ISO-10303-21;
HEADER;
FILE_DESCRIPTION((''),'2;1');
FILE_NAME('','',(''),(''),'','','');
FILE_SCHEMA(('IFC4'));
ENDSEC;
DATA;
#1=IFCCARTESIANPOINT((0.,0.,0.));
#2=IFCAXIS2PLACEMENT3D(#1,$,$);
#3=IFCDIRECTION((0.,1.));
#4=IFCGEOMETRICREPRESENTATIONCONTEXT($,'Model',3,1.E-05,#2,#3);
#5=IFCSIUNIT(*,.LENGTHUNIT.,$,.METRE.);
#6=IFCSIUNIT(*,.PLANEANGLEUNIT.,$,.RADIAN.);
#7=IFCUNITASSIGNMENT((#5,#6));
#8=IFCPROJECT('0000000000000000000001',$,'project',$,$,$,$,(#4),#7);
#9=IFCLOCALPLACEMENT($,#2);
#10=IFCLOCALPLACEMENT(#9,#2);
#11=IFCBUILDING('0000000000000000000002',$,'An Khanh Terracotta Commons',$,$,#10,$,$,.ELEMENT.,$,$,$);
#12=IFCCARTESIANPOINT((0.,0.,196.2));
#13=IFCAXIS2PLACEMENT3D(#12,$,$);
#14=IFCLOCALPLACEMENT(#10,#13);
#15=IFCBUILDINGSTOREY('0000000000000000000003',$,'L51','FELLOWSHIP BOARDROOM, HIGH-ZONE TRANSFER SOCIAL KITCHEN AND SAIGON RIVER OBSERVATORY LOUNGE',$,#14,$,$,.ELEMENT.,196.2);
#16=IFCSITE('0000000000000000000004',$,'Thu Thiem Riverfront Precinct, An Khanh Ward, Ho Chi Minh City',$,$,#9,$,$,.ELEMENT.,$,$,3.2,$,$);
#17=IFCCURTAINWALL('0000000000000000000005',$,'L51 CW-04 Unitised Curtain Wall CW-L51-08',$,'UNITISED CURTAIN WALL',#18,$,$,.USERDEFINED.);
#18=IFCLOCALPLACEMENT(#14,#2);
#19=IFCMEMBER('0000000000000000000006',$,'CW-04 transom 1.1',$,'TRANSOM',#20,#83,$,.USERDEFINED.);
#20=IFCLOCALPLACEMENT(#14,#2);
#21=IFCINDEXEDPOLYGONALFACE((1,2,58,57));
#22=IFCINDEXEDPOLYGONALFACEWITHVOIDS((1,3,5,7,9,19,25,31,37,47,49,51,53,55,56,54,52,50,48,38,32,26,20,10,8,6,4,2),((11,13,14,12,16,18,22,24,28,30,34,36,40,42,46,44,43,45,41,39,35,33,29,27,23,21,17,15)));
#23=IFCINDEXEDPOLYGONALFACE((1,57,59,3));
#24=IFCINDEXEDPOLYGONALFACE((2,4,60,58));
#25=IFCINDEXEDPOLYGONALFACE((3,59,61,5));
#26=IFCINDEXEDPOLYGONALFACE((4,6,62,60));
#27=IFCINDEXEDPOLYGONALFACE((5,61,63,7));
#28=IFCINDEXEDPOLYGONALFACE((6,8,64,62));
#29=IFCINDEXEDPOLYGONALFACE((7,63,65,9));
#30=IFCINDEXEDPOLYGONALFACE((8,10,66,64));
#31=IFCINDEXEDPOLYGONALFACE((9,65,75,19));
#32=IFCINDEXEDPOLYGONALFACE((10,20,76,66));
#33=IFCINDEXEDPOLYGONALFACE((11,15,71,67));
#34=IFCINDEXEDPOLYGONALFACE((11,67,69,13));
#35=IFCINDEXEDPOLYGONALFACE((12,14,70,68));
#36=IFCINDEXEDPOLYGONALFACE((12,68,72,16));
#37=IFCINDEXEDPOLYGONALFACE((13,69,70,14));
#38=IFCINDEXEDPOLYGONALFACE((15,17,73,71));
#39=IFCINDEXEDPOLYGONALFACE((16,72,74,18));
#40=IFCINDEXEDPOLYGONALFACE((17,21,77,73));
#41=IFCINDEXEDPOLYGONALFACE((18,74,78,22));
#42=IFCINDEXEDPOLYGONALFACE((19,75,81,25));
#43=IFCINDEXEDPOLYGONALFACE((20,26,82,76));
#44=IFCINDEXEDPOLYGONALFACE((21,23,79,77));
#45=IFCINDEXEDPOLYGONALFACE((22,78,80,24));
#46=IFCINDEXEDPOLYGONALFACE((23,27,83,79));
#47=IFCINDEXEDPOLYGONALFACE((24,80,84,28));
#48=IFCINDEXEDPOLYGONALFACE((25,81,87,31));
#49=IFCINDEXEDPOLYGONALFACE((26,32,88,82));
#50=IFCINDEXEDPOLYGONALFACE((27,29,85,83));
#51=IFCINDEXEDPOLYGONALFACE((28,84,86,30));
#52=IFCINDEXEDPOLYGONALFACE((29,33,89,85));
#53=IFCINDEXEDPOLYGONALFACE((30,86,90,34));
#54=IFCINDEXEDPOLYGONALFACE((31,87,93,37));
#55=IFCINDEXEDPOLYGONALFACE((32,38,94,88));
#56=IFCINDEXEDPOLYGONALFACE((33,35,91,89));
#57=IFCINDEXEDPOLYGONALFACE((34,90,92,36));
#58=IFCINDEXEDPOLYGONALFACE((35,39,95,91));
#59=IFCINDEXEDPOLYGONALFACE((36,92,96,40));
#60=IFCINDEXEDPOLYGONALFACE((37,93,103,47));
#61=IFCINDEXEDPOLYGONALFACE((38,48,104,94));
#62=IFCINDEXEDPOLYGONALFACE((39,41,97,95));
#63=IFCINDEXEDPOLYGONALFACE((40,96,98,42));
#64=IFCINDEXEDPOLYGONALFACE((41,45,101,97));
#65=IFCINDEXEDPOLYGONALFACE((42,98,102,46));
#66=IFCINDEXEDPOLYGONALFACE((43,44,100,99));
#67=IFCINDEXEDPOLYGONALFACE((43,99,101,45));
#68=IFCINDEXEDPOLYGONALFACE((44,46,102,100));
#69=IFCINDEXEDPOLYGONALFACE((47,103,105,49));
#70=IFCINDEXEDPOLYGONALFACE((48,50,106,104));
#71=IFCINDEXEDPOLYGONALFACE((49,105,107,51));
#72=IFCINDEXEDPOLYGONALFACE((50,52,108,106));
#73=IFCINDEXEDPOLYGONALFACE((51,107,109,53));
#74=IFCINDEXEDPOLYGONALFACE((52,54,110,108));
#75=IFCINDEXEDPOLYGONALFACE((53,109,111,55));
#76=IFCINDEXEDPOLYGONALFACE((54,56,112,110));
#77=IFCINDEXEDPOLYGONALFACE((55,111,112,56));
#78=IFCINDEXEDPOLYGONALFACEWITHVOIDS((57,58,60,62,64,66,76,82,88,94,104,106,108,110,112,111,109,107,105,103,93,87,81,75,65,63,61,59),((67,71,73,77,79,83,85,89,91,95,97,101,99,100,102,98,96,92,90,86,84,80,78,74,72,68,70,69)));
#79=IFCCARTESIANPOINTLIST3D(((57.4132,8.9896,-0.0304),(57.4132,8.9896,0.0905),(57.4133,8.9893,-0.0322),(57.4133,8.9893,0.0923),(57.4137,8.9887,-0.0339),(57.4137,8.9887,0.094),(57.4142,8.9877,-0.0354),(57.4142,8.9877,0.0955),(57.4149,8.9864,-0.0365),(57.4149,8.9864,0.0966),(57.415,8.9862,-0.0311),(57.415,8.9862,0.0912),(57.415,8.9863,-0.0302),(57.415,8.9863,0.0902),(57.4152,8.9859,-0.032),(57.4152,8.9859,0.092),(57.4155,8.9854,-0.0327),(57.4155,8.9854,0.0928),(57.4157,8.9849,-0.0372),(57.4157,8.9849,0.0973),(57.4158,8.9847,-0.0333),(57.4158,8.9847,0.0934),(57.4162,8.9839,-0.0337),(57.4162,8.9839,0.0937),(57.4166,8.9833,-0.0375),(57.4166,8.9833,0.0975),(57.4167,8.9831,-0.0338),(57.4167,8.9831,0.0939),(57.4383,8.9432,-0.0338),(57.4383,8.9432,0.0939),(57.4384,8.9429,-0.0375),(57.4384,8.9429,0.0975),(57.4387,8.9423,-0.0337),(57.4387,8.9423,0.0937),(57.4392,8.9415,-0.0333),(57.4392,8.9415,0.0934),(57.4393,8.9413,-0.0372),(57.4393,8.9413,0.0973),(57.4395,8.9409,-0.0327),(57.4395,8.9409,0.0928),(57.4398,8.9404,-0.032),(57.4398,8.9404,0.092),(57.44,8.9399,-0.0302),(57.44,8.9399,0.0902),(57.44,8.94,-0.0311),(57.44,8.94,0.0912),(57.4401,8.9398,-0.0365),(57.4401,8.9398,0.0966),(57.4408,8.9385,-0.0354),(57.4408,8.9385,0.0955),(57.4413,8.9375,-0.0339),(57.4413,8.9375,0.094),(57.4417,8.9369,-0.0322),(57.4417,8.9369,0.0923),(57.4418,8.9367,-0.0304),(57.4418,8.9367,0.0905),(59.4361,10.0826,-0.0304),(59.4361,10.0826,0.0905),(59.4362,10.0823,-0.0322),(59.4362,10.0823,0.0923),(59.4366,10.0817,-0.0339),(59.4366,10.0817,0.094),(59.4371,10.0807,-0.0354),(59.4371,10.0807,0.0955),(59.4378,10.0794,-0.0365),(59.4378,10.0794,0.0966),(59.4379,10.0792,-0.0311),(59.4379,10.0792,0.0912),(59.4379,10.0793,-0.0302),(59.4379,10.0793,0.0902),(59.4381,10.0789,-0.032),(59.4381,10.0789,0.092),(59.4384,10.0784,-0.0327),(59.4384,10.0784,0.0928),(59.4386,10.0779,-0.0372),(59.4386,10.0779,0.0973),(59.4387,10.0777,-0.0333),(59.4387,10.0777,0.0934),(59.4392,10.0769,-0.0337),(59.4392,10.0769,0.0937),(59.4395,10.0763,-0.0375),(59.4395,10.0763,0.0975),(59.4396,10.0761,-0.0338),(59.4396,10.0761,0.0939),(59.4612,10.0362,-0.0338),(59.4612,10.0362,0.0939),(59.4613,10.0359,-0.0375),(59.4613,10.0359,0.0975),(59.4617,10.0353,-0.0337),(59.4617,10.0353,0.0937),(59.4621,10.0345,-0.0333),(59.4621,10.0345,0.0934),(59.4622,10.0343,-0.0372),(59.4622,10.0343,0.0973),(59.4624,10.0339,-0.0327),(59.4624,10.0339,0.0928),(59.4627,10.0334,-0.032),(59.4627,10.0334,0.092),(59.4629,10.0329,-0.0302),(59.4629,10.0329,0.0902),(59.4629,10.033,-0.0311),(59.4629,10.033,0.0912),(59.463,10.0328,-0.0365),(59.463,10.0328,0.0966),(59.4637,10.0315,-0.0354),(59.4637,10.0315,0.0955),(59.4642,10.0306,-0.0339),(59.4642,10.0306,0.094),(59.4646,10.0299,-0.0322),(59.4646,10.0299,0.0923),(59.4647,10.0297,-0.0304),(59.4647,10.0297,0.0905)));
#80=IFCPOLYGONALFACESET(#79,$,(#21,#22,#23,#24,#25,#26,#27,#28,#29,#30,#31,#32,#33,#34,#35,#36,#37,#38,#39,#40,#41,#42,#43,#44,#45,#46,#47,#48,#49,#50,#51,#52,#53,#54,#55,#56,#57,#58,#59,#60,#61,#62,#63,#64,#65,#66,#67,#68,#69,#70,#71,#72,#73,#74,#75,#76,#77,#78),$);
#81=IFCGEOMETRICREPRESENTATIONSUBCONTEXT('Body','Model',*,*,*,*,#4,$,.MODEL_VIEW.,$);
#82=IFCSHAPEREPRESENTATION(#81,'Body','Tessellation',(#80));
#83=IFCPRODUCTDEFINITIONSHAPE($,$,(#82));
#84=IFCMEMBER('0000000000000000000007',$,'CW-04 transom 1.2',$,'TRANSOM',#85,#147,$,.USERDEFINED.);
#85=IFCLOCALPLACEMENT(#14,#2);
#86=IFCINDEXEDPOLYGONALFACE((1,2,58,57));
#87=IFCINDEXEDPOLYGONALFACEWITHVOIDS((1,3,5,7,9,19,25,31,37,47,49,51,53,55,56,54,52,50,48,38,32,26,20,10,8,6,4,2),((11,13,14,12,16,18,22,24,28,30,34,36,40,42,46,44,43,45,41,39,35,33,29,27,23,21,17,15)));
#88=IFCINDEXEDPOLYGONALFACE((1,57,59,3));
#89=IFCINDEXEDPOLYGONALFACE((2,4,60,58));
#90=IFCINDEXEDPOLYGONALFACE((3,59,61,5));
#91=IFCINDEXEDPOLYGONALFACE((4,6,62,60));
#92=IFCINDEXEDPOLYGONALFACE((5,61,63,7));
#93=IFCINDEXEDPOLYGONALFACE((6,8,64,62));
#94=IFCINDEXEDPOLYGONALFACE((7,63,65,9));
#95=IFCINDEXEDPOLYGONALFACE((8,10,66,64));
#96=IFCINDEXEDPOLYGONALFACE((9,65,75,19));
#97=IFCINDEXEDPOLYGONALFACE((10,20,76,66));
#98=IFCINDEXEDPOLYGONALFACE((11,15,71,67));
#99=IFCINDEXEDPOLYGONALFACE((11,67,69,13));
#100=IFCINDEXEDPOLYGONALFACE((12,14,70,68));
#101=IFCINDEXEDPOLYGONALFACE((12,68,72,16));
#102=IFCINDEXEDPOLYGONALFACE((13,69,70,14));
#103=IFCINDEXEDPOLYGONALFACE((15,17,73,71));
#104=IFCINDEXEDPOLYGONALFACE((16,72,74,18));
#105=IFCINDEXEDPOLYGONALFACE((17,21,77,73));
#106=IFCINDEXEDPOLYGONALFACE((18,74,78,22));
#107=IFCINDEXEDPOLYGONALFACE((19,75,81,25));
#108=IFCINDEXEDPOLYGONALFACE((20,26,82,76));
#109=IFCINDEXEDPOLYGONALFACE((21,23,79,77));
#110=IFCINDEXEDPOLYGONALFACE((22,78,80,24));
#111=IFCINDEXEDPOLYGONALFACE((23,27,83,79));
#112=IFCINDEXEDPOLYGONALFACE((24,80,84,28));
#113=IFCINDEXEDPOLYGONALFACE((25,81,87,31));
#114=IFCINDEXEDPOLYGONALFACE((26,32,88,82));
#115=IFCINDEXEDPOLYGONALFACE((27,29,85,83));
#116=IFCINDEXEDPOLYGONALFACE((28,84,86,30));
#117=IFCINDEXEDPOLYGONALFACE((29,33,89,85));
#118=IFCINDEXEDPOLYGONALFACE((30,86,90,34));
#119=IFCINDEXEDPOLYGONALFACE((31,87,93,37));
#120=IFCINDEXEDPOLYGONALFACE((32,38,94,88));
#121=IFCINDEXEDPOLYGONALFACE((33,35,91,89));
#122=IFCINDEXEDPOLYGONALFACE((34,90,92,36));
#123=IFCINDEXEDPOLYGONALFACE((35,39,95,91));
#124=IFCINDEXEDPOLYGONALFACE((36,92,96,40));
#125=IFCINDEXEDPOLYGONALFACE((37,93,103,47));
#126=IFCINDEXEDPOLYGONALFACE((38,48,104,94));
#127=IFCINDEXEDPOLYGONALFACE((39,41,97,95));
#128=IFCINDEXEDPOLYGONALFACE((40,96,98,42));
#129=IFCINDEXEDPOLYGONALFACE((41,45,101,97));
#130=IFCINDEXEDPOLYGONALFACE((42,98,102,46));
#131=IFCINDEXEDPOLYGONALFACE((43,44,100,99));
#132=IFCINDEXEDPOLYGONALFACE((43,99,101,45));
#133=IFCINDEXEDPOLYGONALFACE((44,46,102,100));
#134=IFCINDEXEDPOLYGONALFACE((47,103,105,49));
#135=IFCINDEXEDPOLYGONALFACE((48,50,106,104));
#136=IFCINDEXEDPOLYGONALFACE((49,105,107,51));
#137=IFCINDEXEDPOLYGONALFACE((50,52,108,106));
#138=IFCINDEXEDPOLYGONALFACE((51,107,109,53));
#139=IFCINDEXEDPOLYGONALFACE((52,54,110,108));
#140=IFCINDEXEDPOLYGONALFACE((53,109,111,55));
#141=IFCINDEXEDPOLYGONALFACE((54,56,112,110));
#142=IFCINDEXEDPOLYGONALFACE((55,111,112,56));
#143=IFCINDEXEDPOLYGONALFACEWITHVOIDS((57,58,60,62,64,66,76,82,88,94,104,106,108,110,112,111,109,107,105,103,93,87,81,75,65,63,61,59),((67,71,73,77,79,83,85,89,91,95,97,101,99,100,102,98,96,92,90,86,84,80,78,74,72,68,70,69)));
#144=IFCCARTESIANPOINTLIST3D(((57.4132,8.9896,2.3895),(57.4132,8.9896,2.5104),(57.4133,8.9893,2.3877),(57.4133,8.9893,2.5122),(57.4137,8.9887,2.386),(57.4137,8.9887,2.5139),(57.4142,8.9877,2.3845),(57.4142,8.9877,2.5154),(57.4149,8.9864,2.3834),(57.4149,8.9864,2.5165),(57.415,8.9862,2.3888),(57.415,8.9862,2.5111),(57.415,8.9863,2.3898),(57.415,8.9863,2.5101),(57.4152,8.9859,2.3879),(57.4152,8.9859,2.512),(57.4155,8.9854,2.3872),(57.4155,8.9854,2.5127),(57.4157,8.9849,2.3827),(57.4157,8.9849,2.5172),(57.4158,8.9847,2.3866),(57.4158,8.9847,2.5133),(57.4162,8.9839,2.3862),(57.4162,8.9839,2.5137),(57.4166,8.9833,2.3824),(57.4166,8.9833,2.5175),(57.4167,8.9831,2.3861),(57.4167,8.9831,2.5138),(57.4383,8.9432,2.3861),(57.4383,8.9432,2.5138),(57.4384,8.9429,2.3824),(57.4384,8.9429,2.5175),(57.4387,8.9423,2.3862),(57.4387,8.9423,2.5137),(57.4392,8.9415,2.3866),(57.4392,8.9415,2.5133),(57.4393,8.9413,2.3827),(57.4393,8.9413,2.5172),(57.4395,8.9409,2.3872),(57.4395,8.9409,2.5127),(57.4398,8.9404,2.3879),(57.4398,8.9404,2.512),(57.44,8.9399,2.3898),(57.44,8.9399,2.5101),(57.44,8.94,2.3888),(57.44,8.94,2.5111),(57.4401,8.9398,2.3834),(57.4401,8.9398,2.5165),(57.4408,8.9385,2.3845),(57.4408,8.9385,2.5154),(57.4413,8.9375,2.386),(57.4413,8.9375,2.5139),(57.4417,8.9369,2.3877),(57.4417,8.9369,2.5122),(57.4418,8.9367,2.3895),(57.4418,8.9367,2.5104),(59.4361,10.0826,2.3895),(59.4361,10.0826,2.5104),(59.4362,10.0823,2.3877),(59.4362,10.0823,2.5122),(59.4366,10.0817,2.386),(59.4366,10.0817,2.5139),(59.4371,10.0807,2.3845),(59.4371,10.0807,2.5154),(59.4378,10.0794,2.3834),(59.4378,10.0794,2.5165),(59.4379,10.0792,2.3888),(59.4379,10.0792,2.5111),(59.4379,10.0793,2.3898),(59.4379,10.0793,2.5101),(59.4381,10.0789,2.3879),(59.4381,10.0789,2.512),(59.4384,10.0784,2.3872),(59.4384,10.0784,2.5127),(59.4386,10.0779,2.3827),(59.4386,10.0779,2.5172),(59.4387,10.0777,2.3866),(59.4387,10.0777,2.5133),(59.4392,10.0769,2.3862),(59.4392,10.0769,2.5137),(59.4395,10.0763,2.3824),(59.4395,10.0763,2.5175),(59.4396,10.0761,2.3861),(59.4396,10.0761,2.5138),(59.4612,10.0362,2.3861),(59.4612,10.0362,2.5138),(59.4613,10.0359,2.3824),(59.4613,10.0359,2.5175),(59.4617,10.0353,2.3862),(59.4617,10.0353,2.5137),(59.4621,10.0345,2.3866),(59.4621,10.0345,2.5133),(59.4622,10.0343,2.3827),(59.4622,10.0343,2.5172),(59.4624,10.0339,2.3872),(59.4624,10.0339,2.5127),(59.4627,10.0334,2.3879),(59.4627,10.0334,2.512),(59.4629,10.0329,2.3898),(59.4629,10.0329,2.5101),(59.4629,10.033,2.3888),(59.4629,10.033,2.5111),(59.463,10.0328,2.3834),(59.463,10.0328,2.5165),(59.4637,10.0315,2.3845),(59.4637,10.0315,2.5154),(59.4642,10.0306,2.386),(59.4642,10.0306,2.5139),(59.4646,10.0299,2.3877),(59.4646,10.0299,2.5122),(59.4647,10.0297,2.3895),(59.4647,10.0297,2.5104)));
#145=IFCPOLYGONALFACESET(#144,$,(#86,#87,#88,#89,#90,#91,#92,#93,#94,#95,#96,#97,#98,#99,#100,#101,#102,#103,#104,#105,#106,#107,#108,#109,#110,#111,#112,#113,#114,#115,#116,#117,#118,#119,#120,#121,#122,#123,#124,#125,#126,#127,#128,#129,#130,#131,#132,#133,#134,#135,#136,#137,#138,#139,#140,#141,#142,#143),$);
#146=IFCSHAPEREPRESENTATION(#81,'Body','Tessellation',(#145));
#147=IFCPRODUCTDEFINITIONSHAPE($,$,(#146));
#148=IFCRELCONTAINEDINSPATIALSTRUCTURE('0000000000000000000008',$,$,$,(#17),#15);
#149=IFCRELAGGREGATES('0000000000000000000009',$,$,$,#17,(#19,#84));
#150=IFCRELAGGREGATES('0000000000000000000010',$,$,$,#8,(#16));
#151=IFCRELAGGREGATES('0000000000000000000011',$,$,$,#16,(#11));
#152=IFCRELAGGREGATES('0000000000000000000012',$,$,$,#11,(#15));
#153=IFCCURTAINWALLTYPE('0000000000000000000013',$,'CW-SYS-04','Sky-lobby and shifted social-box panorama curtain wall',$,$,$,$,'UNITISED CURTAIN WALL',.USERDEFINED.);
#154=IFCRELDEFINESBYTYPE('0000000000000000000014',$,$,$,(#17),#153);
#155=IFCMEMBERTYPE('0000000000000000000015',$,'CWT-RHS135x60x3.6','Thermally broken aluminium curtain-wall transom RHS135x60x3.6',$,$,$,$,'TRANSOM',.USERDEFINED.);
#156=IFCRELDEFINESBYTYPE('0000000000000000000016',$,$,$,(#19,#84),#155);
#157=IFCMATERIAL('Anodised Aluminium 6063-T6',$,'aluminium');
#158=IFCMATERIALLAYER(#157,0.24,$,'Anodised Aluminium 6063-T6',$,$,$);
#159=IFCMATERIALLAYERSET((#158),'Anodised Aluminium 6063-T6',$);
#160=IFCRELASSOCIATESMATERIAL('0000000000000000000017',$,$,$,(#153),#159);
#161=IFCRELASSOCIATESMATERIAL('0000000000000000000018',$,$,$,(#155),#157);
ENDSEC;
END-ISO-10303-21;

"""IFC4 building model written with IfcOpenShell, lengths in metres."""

from ifc_helpers import new_model, si_unit, direction, frame, origin, origin_2d, place, context, subcontext, project, spatial, hollow_rectangle, extrude, material, layer, layer_set, material_profile, profile_set, type_object, element, aggregate, save


model = new_model("IFC4")

# Units and contexts
model_context = context("Model", 3, precision=1e-05, world=origin(), true_north=direction((0.0, 1.0)))
body_context = subcontext(model_context, "Body", "Model", "MODEL_VIEW")
ifc_project = project(units=[si_unit("LENGTHUNIT", "METRE"), si_unit("PLANEANGLEUNIT", "RADIAN")], contexts=[model_context])

# Site, building, storey
site_placement = place(None, origin())
site = spatial("IfcSite", under=ifc_project, at=site_placement, Name="Thu Thiem Riverfront Precinct, An Khanh Ward, Ho Chi Minh City", CompositionType="ELEMENT", RefElevation=3.2)
building_placement = place(site_placement, origin())
building = spatial("IfcBuilding", under=site, at=building_placement, Name="An Khanh Terracotta Commons", CompositionType="ELEMENT")
storey_placement = place(building_placement, frame((0.0, 0.0, 196.2)))
storey = spatial("IfcBuildingStorey", under=building, at=storey_placement, Name="L51", Description="FELLOWSHIP BOARDROOM, HIGH-ZONE TRANSFER SOCIAL KITCHEN AND SAIGON RIVER OBSERVATORY LOUNGE", CompositionType="ELEMENT", Elevation=196.2)

# Curtain wall, members
ifc_material_1 = material(Name="Anodised Aluminium 6063-T6", Category="aluminium")
ifc_layer_1 = layer(ifc_material_1, 0.24, Name="Anodised Aluminium 6063-T6")
ifc_layer_set_1 = layer_set([ifc_layer_1], Name="Anodised Aluminium 6063-T6")
curtain_wall_type = type_object("IfcCurtainWallType", Name="CW-SYS-04", Description="Sky-lobby and shifted social-box panorama curtain wall", ElementType="UNITISED CURTAIN WALL", PredefinedType="USERDEFINED", material=ifc_layer_set_1)
curtain_wall_placement = place(storey_placement, origin())
curtain_wall = element("IfcCurtainWall", 1, at=curtain_wall_placement, inside=storey, type_object=curtain_wall_type, Name="L51 CW-04 Unitised Curtain Wall CW-L51-08", ObjectType="UNITISED CURTAIN WALL", PredefinedType="USERDEFINED")
ifc_material_profile_1 = material_profile(ifc_material_1, hollow_rectangle(XDim=0.0601, YDim=0.135, WallThickness=0.0037, InnerFilletRadius=0.0037, OuterFilletRadius=0.0071, at=origin_2d()), Name="RHS135x60x3.6")
ifc_profile_set_1 = profile_set([ifc_material_profile_1], Name="Anodised Aluminium 6063-T6")
member_type_1 = type_object("IfcMemberType", Name="CWT-RHS135x60x3.6", Description="Thermally broken aluminium curtain-wall transom RHS135x60x3.6", ElementType="TRANSOM", PredefinedType="USERDEFINED", material=ifc_profile_set_1)
member_1_placement = place(storey_placement, frame((57.4275, 8.9631, 0.03), z_axis=(0.879792, 0.475359, 0.0), x_axis=(-0.475359, 0.879792, 0.0)))
member_1 = element("IfcMember", 2, at=member_1_placement, type_object=member_type_1, Name="CW-04 transom 1.1", ObjectType="TRANSOM", PredefinedType="USERDEFINED", context=body_context, shape_type="SweptSolid", body=[
    extrude(hollow_rectangle(XDim=0.0601, YDim=0.135, WallThickness=0.0037, InnerFilletRadius=0.0037, OuterFilletRadius=0.0071, at=origin_2d()), origin(), (0.0, 0.0, 1.0), 2.2993),
])
member_2_placement = place(storey_placement, frame((57.4275, 8.9631, 2.45), z_axis=(0.879792, 0.475359, 0.0), x_axis=(-0.475359, 0.879792, 0.0)))
member_2 = element("IfcMember", 3, at=member_2_placement, type_object=member_type_1, Name="CW-04 transom 1.2", ObjectType="TRANSOM", PredefinedType="USERDEFINED", context=body_context, shape_type="SweptSolid", body=[
    extrude(hollow_rectangle(XDim=0.0601, YDim=0.135, WallThickness=0.0037, InnerFilletRadius=0.0037, OuterFilletRadius=0.0071, at=origin_2d()), origin(), (0.0, 0.0, 1.0), 2.2993),
])
aggregate(curtain_wall, [member_1, member_2])

save(model, "model.ifc")
